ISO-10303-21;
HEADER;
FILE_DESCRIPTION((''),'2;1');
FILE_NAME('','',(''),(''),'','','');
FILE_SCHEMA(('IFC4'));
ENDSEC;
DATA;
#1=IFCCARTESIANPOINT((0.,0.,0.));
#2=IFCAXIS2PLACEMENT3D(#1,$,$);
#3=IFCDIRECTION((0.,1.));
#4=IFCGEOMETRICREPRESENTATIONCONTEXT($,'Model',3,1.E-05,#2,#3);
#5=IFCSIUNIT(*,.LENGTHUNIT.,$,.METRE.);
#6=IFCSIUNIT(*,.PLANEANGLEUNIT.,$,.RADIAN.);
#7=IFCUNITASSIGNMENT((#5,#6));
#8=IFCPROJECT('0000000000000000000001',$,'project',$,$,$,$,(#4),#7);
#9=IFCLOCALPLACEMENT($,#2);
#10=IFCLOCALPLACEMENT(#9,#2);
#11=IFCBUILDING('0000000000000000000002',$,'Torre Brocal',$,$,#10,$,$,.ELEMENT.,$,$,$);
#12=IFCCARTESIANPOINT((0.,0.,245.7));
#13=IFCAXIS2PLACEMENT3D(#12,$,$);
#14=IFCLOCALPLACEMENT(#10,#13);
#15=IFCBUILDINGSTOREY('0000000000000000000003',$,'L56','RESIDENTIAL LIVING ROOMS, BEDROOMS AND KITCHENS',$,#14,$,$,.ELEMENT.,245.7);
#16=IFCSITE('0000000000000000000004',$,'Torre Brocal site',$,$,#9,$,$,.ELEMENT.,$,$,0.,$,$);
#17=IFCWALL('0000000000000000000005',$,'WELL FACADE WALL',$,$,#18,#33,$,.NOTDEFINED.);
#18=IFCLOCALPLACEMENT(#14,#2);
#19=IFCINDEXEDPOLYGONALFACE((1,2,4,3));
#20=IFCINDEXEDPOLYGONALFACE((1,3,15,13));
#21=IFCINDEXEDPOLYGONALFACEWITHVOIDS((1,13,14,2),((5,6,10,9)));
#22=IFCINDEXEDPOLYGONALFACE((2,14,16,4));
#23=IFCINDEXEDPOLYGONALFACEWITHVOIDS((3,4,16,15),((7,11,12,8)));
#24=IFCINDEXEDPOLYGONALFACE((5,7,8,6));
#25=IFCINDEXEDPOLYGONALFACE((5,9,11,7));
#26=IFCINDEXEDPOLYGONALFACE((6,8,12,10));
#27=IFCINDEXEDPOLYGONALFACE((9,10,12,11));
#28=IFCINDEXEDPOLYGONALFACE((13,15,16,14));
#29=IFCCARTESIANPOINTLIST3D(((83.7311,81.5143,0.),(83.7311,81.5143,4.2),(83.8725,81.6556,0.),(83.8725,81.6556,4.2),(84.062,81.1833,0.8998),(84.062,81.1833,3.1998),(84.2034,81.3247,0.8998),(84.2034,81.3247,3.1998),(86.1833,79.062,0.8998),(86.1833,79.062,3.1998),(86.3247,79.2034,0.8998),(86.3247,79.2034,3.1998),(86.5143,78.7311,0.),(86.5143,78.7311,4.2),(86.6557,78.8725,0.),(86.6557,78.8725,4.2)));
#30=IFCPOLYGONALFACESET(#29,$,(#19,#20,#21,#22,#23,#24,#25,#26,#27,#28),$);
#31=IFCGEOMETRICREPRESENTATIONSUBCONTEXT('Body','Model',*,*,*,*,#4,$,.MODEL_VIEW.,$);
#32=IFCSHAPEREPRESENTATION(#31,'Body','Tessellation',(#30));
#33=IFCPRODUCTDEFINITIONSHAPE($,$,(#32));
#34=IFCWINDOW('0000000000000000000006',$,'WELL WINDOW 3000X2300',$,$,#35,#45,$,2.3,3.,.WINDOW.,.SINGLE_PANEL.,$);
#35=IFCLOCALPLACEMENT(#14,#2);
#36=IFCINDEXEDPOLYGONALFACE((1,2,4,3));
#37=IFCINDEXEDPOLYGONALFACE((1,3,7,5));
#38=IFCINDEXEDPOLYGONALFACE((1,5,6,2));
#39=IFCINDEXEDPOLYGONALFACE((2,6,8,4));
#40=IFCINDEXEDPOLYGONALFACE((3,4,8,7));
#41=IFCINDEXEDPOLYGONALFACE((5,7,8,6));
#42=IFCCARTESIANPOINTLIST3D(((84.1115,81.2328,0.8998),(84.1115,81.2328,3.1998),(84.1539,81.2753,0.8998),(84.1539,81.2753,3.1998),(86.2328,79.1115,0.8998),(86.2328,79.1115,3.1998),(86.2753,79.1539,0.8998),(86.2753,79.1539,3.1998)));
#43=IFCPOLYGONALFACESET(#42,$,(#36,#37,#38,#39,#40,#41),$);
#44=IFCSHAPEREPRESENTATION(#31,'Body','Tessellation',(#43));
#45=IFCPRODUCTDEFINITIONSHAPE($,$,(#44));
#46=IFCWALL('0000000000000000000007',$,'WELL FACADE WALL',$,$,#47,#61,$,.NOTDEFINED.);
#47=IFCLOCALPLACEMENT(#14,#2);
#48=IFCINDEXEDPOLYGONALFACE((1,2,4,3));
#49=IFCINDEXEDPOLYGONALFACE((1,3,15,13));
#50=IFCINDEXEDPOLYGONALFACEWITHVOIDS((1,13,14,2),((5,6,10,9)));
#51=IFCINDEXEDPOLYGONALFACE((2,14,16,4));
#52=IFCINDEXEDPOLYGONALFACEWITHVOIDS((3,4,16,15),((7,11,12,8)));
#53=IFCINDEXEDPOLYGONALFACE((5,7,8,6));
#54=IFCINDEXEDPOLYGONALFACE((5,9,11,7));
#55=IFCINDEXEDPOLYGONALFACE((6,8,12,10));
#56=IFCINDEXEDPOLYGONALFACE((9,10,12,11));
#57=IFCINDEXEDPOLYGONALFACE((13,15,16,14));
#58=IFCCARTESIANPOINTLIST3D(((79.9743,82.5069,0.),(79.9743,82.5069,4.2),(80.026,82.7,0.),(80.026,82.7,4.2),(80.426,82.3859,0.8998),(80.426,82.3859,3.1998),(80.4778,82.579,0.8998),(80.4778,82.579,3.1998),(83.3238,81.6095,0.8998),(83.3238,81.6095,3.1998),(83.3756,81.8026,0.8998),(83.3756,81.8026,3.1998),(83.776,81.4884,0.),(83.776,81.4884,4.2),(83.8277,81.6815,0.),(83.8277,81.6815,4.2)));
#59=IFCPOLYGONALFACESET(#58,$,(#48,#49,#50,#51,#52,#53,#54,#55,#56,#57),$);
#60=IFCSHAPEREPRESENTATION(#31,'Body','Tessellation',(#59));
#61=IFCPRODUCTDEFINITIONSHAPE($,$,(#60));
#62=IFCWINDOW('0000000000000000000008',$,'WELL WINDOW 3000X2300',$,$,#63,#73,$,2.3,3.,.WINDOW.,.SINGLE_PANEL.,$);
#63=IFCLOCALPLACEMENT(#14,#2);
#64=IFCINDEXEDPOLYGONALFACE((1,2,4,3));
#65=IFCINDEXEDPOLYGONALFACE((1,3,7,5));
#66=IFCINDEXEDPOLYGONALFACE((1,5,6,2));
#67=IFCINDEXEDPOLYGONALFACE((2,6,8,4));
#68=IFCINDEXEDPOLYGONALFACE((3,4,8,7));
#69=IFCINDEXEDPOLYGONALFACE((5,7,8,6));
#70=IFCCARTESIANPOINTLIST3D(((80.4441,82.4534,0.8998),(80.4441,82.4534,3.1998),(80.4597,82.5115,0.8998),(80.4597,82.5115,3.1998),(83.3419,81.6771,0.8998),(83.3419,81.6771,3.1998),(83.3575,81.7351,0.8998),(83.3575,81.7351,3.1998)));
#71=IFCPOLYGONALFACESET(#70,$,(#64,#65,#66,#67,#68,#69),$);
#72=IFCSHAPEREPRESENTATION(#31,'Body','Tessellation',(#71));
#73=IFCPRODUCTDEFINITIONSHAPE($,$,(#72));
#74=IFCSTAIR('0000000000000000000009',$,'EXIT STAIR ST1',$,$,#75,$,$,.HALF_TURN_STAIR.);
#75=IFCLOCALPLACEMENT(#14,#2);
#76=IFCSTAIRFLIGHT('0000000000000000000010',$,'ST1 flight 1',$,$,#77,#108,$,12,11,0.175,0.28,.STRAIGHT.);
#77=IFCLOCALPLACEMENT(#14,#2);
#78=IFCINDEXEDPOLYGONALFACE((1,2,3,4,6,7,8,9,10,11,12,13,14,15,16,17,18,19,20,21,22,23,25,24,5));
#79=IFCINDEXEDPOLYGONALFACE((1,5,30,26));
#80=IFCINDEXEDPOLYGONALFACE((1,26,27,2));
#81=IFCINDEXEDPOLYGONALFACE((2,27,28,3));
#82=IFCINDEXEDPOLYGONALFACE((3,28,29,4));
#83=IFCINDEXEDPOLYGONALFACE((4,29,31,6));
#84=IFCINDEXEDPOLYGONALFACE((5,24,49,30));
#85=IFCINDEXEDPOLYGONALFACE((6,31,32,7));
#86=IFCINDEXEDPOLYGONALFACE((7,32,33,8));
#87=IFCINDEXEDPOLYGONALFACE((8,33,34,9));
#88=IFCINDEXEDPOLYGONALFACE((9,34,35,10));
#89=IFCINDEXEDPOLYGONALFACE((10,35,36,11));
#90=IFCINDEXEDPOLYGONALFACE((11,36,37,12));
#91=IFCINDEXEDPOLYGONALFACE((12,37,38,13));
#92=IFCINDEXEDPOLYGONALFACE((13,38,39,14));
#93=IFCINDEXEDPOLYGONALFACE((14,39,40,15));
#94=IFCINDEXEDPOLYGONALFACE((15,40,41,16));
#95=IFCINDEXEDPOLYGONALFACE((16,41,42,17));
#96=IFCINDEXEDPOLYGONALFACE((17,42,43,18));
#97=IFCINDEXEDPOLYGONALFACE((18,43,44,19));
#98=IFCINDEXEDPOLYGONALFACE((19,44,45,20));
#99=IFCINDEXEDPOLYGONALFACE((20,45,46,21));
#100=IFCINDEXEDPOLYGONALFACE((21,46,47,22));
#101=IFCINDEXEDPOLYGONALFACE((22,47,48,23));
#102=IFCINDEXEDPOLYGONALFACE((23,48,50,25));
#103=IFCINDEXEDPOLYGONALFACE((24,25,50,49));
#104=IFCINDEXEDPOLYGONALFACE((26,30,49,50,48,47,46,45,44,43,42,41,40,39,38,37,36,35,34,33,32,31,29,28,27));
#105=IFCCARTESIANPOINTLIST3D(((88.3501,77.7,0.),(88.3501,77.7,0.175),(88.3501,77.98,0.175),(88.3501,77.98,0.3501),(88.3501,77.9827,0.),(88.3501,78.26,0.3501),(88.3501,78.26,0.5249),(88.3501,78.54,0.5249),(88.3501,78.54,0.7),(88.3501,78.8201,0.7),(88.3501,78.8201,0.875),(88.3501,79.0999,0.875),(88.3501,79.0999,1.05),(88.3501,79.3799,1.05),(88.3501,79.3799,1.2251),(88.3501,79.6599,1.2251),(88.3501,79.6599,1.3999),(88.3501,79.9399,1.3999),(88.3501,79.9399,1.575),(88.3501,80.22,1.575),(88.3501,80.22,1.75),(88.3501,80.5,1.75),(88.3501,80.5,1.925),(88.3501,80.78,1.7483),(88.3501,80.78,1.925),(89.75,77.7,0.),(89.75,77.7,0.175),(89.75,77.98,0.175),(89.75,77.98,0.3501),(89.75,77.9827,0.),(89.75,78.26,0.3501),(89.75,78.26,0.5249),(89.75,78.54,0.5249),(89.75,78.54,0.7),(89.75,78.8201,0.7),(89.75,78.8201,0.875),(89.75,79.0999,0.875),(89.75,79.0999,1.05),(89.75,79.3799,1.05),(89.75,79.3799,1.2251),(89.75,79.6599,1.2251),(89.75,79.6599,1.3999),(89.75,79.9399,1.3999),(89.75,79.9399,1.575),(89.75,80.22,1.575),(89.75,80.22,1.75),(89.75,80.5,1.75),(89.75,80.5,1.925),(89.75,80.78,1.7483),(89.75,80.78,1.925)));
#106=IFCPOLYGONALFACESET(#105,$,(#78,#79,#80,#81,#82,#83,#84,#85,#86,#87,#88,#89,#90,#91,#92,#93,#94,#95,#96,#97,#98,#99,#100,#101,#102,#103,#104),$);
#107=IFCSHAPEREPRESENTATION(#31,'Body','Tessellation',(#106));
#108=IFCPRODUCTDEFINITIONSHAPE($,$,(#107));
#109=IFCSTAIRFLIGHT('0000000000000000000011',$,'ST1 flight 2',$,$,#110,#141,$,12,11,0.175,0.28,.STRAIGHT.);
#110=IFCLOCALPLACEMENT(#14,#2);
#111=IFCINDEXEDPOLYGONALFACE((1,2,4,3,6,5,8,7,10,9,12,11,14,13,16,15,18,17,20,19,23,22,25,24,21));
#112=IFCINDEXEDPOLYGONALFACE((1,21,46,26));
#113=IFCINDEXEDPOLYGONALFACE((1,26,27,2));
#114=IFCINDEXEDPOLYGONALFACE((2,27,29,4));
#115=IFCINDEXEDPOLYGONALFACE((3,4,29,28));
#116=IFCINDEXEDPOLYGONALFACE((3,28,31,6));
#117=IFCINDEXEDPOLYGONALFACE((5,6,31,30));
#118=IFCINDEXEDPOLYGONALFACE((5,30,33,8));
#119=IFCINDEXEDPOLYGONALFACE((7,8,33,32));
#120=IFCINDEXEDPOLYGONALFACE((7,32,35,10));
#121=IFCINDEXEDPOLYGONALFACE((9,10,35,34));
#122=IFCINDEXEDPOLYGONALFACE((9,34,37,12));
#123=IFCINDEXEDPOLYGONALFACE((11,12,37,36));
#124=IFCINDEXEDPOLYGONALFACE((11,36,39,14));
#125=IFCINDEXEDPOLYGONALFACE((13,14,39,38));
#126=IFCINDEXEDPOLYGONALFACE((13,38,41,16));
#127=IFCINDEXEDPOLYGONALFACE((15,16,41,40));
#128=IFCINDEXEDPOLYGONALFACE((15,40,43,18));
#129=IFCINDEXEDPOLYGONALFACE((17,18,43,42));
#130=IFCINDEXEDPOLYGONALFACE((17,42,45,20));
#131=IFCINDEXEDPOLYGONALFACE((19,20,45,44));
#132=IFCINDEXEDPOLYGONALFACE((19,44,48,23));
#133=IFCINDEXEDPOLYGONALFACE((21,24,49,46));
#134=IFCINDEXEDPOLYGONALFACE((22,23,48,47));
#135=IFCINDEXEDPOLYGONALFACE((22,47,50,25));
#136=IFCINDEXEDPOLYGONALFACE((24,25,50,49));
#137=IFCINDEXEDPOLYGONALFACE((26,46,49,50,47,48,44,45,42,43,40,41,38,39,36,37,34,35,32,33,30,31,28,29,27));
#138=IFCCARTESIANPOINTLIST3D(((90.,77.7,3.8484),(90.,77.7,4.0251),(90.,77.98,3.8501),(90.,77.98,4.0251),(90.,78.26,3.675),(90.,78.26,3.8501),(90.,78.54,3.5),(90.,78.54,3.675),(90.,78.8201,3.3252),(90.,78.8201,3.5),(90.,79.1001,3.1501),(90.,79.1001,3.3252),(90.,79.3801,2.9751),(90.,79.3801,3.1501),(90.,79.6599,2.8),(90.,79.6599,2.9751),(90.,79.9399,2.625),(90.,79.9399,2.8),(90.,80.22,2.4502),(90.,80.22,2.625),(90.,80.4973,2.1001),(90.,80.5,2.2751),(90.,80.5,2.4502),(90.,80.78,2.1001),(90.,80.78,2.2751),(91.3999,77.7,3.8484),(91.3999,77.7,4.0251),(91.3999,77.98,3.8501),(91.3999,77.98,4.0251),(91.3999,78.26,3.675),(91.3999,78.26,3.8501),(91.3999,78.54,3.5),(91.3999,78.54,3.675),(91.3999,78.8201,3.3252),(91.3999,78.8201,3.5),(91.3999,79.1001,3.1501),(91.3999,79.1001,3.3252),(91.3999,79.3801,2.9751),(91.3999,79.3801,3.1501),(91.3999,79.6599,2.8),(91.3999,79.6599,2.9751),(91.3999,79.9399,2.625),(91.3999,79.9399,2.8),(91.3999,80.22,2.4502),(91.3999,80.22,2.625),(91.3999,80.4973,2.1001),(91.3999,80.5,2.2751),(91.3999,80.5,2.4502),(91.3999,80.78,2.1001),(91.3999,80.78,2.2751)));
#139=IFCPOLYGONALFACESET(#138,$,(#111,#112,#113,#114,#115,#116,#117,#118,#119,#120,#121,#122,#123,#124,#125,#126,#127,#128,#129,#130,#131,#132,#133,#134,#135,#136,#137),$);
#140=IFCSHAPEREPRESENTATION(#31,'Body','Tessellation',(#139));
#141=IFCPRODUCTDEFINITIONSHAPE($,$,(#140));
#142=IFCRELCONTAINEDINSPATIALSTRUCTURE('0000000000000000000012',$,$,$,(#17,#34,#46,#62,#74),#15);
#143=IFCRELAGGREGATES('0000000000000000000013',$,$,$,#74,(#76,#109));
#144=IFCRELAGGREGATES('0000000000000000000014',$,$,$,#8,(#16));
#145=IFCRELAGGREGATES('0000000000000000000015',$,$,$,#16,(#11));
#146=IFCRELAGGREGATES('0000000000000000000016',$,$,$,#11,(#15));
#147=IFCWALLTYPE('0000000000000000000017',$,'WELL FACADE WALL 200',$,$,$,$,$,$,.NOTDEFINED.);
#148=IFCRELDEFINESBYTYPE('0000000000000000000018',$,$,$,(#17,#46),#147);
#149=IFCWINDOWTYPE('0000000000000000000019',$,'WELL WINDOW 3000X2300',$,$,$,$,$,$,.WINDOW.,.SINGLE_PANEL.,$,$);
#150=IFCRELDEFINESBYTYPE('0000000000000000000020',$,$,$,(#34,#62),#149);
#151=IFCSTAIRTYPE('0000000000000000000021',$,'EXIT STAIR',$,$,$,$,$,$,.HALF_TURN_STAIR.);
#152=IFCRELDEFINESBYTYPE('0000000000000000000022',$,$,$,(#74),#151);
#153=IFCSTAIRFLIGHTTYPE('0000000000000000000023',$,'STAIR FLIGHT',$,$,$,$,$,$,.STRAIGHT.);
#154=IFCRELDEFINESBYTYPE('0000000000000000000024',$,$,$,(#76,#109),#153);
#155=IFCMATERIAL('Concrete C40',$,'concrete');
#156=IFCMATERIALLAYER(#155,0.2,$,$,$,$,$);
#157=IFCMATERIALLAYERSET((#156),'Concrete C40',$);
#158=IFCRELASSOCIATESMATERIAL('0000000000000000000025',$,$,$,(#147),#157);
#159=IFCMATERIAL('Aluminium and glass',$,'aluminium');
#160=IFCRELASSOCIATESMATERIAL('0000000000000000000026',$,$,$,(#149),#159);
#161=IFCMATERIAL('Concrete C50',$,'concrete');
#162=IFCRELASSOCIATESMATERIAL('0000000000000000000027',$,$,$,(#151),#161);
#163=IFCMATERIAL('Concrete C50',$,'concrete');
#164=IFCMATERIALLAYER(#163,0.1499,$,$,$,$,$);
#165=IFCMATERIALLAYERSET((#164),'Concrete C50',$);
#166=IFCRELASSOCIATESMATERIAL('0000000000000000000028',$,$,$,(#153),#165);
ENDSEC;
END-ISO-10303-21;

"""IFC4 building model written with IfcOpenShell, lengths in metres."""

from ifc_helpers import new_model, si_unit, direction, frame, frame_2d, origin, place, context, subcontext, project, spatial, polyline, rectangle, outline, extrude, material, layer, layer_set, type_object, element, fill, aggregate, save


model = new_model("IFC4")

# Units and contexts
model_context = context("Model", 3, precision=1e-05, world=origin(), true_north=direction((0.0, 1.0)))
body_context = subcontext(model_context, "Body", "Model", "MODEL_VIEW")
ifc_project = project(units=[si_unit("LENGTHUNIT", "METRE"), si_unit("PLANEANGLEUNIT", "RADIAN")], contexts=[model_context])

# Site, building, storey
site_placement = place(None, origin())
site = spatial("IfcSite", under=ifc_project, at=site_placement, Name="Torre Brocal site", CompositionType="ELEMENT", RefElevation=0.0)
building_placement = place(site_placement, origin())
building = spatial("IfcBuilding", under=site, at=building_placement, Name="Torre Brocal", CompositionType="ELEMENT")
storey_placement = place(building_placement, frame((0.0, 0.0, 245.7)))
storey = spatial("IfcBuildingStorey", under=building, at=storey_placement, Name="L56", Description="RESIDENTIAL LIVING ROOMS, BEDROOMS AND KITCHENS", CompositionType="ELEMENT", Elevation=245.7)

# Walls, openings, windows
ifc_material_1 = material(Name="Concrete C40", Category="concrete")
ifc_layer_1 = layer(ifc_material_1, 0.2)
ifc_layer_set_1 = layer_set([ifc_layer_1], Name="Concrete C40")
wall_type_1 = type_object("IfcWallType", Name="WELL FACADE WALL 200", PredefinedType="NOTDEFINED", material=ifc_layer_set_1)
wall_1_placement = place(storey_placement, frame((86.585, 78.8018, 0.0), z_axis=(0.0, 0.0, 1.0), x_axis=(-0.707107, 0.707107, 0.0)))
wall_1 = element("IfcWall", 1, at=wall_1_placement, inside=storey, type_object=wall_type_1, Name="WELL FACADE WALL", PredefinedType="NOTDEFINED", context=body_context, shape_type="SweptSolid", body=[
    extrude(rectangle(XDim=3.936, YDim=0.2, at=frame_2d((1.968, 0.0))), origin(), (0.0, 0.0, 1.0), 4.2),
])
opening_1_placement = place(wall_1_placement, frame((0.468, 0.0, 0.8999)))
opening_1 = element("IfcOpeningElement", 2, at=opening_1_placement, cuts=wall_1, PredefinedType="OPENING", context=body_context, shape_type="SweptSolid", body=[
    extrude(rectangle(XDim=3.0, YDim=2.3, at=frame_2d((1.5, 1.1499))), frame((0.0, 0.1099, 0.0), z_axis=(0.0, -1.0, 0.0), x_axis=(1.0, 0.0, 0.0)), (0.0, 0.0, 1.0), 0.22),
])
ifc_material_2 = material(Name="Aluminium and glass", Category="aluminium")
window_type = type_object("IfcWindowType", Name="WELL WINDOW 3000X2300", PartitioningType="SINGLE_PANEL", PredefinedType="WINDOW", material=ifc_material_2)
window_1_placement = place(opening_1_placement, origin())
window_1 = element("IfcWindow", 3, at=window_1_placement, inside=storey, type_object=window_type, Name="WELL WINDOW 3000X2300", OverallHeight=2.3, OverallWidth=3.0, PartitioningType="SINGLE_PANEL", PredefinedType="WINDOW", context=body_context, shape_type="SweptSolid", body=[
    extrude(rectangle(XDim=3.0, YDim=2.3, at=frame_2d((1.5, 1.1499))), frame((0.0, 0.03, 0.0), z_axis=(0.0, -1.0, 0.0), x_axis=(1.0, 0.0, 0.0)), (0.0, 0.0, 1.0), 0.0601),
])
fill(opening_1, window_1)
wall_2_placement = place(storey_placement, frame((83.8018, 81.585, 0.0), z_axis=(0.0, 0.0, 1.0), x_axis=(-0.965934, 0.25879, 0.0)))
wall_2 = element("IfcWall", 4, at=wall_2_placement, inside=storey, type_object=wall_type_1, Name="WELL FACADE WALL", PredefinedType="NOTDEFINED", context=body_context, shape_type="SweptSolid", body=[
    extrude(rectangle(XDim=3.9358, YDim=0.2, at=frame_2d((1.9678, 0.0))), origin(), (0.0, 0.0, 1.0), 4.2),
])
opening_2_placement = place(wall_2_placement, frame((0.468, 0.0, 0.8999)))
opening_2 = element("IfcOpeningElement", 5, at=opening_2_placement, cuts=wall_2, PredefinedType="OPENING", context=body_context, shape_type="SweptSolid", body=[
    extrude(rectangle(XDim=3.0, YDim=2.3, at=frame_2d((1.5, 1.1499))), frame((0.0, 0.1099, 0.0), z_axis=(0.0, -1.0, 0.0), x_axis=(1.0, 0.0, 0.0)), (0.0, 0.0, 1.0), 0.22),
])
window_2_placement = place(opening_2_placement, origin())
window_2 = element("IfcWindow", 6, at=window_2_placement, inside=storey, type_object=window_type, Name="WELL WINDOW 3000X2300", OverallHeight=2.3, OverallWidth=3.0, PartitioningType="SINGLE_PANEL", PredefinedType="WINDOW", context=body_context, shape_type="SweptSolid", body=[
    extrude(rectangle(XDim=3.0, YDim=2.3, at=frame_2d((1.5, 1.1499))), frame((0.0, 0.03, 0.0), z_axis=(0.0, -1.0, 0.0), x_axis=(1.0, 0.0, 0.0)), (0.0, 0.0, 1.0), 0.0601),
])
fill(opening_2, window_2)

# Stair, stair flights
ifc_material_3 = material(Name="Concrete C50", Category="concrete")
stair_type = type_object("IfcStairType", Name="EXIT STAIR", PredefinedType="HALF_TURN_STAIR", material=ifc_material_3)
stair_placement = place(storey_placement, origin())
stair = element("IfcStair", 7, at=stair_placement, inside=storey, type_object=stair_type, Name="EXIT STAIR ST1", PredefinedType="HALF_TURN_STAIR")
ifc_material_4 = material(Name="Concrete C50", Category="concrete")
ifc_layer_2 = layer(ifc_material_4, 0.1499)
ifc_layer_set_2 = layer_set([ifc_layer_2], Name="Concrete C50")
stair_flight_type = type_object("IfcStairFlightType", Name="STAIR FLIGHT", PredefinedType="STRAIGHT", material=ifc_layer_set_2)
stair_flight_1_placement = place(storey_placement, frame((89.05, 77.7, 0.0), z_axis=(0.0, 0.0, 1.0), x_axis=(0.0, 1.0, 0.0)))
stair_flight_1 = element("IfcStairFlight", 8, at=stair_flight_1_placement, type_object=stair_flight_type, Name="ST1 flight 1", NumberOfRisers=12, NumberOfTreads=11, PredefinedType="STRAIGHT", RiserHeight=0.175, TreadLength=0.28, context=body_context, shape_type="SweptSolid", body=[
    extrude(outline(polyline([(0.0, 0.0), (0.0, 0.175), (0.28, 0.175), (0.28, 0.3501), (0.5601, 0.3501), (0.5601, 0.5249), (0.8401, 0.5249), (0.8401, 0.7), (1.1201, 0.7), (1.1201, 0.875), (1.3999, 0.875), (1.3999, 1.05), (1.6799, 1.05), (1.6799, 1.2251), (1.96, 1.2251), (1.96, 1.3999), (2.24, 1.3999), (2.24, 1.575), (2.52, 1.575), (2.52, 1.75), (2.8, 1.75), (2.8, 1.925), (3.0801, 1.925), (3.0801, 2.1001), (3.0801, 1.7483), (0.2827, 0.0), (0.0, 0.0)])), frame((0.0, 0.7, 0.0), z_axis=(0.0, -1.0, 0.0), x_axis=(1.0, 0.0, 0.0)), (0.0, 0.0, 1.0), 1.3999),
])
stair_flight_2_placement = place(storey_placement, frame((90.7, 80.78, 2.1001), z_axis=(0.0, 0.0, 1.0), x_axis=(0.0, -1.0, 0.0)))
stair_flight_2 = element("IfcStairFlight", 9, at=stair_flight_2_placement, type_object=stair_flight_type, Name="ST1 flight 2", NumberOfRisers=12, NumberOfTreads=11, PredefinedType="STRAIGHT", RiserHeight=0.175, TreadLength=0.28, context=body_context, shape_type="SweptSolid", body=[
    extrude(outline(polyline([(0.0, 0.0), (0.0, 0.175), (0.28, 0.175), (0.28, 0.3501), (0.5601, 0.3501), (0.5601, 0.5249), (0.8401, 0.5249), (0.8401, 0.7), (1.1201, 0.7), (1.1201, 0.875), (1.3999, 0.875), (1.3999, 1.05), (1.6799, 1.05), (1.6799, 1.2251), (1.96, 1.2251), (1.96, 1.3999), (2.24, 1.3999), (2.24, 1.575), (2.52, 1.575), (2.52, 1.75), (2.8, 1.75), (2.8, 1.925), (3.0801, 1.925), (3.0801, 2.1001), (3.0801, 1.7483), (0.2827, 0.0), (0.0, 0.0)])), frame((0.0, 0.7, 0.0), z_axis=(0.0, -1.0, 0.0), x_axis=(1.0, 0.0, 0.0)), (0.0, 0.0, 1.0), 1.3999),
])
aggregate(stair, [stair_flight_1, stair_flight_2])

save(model, "model.ifc")
